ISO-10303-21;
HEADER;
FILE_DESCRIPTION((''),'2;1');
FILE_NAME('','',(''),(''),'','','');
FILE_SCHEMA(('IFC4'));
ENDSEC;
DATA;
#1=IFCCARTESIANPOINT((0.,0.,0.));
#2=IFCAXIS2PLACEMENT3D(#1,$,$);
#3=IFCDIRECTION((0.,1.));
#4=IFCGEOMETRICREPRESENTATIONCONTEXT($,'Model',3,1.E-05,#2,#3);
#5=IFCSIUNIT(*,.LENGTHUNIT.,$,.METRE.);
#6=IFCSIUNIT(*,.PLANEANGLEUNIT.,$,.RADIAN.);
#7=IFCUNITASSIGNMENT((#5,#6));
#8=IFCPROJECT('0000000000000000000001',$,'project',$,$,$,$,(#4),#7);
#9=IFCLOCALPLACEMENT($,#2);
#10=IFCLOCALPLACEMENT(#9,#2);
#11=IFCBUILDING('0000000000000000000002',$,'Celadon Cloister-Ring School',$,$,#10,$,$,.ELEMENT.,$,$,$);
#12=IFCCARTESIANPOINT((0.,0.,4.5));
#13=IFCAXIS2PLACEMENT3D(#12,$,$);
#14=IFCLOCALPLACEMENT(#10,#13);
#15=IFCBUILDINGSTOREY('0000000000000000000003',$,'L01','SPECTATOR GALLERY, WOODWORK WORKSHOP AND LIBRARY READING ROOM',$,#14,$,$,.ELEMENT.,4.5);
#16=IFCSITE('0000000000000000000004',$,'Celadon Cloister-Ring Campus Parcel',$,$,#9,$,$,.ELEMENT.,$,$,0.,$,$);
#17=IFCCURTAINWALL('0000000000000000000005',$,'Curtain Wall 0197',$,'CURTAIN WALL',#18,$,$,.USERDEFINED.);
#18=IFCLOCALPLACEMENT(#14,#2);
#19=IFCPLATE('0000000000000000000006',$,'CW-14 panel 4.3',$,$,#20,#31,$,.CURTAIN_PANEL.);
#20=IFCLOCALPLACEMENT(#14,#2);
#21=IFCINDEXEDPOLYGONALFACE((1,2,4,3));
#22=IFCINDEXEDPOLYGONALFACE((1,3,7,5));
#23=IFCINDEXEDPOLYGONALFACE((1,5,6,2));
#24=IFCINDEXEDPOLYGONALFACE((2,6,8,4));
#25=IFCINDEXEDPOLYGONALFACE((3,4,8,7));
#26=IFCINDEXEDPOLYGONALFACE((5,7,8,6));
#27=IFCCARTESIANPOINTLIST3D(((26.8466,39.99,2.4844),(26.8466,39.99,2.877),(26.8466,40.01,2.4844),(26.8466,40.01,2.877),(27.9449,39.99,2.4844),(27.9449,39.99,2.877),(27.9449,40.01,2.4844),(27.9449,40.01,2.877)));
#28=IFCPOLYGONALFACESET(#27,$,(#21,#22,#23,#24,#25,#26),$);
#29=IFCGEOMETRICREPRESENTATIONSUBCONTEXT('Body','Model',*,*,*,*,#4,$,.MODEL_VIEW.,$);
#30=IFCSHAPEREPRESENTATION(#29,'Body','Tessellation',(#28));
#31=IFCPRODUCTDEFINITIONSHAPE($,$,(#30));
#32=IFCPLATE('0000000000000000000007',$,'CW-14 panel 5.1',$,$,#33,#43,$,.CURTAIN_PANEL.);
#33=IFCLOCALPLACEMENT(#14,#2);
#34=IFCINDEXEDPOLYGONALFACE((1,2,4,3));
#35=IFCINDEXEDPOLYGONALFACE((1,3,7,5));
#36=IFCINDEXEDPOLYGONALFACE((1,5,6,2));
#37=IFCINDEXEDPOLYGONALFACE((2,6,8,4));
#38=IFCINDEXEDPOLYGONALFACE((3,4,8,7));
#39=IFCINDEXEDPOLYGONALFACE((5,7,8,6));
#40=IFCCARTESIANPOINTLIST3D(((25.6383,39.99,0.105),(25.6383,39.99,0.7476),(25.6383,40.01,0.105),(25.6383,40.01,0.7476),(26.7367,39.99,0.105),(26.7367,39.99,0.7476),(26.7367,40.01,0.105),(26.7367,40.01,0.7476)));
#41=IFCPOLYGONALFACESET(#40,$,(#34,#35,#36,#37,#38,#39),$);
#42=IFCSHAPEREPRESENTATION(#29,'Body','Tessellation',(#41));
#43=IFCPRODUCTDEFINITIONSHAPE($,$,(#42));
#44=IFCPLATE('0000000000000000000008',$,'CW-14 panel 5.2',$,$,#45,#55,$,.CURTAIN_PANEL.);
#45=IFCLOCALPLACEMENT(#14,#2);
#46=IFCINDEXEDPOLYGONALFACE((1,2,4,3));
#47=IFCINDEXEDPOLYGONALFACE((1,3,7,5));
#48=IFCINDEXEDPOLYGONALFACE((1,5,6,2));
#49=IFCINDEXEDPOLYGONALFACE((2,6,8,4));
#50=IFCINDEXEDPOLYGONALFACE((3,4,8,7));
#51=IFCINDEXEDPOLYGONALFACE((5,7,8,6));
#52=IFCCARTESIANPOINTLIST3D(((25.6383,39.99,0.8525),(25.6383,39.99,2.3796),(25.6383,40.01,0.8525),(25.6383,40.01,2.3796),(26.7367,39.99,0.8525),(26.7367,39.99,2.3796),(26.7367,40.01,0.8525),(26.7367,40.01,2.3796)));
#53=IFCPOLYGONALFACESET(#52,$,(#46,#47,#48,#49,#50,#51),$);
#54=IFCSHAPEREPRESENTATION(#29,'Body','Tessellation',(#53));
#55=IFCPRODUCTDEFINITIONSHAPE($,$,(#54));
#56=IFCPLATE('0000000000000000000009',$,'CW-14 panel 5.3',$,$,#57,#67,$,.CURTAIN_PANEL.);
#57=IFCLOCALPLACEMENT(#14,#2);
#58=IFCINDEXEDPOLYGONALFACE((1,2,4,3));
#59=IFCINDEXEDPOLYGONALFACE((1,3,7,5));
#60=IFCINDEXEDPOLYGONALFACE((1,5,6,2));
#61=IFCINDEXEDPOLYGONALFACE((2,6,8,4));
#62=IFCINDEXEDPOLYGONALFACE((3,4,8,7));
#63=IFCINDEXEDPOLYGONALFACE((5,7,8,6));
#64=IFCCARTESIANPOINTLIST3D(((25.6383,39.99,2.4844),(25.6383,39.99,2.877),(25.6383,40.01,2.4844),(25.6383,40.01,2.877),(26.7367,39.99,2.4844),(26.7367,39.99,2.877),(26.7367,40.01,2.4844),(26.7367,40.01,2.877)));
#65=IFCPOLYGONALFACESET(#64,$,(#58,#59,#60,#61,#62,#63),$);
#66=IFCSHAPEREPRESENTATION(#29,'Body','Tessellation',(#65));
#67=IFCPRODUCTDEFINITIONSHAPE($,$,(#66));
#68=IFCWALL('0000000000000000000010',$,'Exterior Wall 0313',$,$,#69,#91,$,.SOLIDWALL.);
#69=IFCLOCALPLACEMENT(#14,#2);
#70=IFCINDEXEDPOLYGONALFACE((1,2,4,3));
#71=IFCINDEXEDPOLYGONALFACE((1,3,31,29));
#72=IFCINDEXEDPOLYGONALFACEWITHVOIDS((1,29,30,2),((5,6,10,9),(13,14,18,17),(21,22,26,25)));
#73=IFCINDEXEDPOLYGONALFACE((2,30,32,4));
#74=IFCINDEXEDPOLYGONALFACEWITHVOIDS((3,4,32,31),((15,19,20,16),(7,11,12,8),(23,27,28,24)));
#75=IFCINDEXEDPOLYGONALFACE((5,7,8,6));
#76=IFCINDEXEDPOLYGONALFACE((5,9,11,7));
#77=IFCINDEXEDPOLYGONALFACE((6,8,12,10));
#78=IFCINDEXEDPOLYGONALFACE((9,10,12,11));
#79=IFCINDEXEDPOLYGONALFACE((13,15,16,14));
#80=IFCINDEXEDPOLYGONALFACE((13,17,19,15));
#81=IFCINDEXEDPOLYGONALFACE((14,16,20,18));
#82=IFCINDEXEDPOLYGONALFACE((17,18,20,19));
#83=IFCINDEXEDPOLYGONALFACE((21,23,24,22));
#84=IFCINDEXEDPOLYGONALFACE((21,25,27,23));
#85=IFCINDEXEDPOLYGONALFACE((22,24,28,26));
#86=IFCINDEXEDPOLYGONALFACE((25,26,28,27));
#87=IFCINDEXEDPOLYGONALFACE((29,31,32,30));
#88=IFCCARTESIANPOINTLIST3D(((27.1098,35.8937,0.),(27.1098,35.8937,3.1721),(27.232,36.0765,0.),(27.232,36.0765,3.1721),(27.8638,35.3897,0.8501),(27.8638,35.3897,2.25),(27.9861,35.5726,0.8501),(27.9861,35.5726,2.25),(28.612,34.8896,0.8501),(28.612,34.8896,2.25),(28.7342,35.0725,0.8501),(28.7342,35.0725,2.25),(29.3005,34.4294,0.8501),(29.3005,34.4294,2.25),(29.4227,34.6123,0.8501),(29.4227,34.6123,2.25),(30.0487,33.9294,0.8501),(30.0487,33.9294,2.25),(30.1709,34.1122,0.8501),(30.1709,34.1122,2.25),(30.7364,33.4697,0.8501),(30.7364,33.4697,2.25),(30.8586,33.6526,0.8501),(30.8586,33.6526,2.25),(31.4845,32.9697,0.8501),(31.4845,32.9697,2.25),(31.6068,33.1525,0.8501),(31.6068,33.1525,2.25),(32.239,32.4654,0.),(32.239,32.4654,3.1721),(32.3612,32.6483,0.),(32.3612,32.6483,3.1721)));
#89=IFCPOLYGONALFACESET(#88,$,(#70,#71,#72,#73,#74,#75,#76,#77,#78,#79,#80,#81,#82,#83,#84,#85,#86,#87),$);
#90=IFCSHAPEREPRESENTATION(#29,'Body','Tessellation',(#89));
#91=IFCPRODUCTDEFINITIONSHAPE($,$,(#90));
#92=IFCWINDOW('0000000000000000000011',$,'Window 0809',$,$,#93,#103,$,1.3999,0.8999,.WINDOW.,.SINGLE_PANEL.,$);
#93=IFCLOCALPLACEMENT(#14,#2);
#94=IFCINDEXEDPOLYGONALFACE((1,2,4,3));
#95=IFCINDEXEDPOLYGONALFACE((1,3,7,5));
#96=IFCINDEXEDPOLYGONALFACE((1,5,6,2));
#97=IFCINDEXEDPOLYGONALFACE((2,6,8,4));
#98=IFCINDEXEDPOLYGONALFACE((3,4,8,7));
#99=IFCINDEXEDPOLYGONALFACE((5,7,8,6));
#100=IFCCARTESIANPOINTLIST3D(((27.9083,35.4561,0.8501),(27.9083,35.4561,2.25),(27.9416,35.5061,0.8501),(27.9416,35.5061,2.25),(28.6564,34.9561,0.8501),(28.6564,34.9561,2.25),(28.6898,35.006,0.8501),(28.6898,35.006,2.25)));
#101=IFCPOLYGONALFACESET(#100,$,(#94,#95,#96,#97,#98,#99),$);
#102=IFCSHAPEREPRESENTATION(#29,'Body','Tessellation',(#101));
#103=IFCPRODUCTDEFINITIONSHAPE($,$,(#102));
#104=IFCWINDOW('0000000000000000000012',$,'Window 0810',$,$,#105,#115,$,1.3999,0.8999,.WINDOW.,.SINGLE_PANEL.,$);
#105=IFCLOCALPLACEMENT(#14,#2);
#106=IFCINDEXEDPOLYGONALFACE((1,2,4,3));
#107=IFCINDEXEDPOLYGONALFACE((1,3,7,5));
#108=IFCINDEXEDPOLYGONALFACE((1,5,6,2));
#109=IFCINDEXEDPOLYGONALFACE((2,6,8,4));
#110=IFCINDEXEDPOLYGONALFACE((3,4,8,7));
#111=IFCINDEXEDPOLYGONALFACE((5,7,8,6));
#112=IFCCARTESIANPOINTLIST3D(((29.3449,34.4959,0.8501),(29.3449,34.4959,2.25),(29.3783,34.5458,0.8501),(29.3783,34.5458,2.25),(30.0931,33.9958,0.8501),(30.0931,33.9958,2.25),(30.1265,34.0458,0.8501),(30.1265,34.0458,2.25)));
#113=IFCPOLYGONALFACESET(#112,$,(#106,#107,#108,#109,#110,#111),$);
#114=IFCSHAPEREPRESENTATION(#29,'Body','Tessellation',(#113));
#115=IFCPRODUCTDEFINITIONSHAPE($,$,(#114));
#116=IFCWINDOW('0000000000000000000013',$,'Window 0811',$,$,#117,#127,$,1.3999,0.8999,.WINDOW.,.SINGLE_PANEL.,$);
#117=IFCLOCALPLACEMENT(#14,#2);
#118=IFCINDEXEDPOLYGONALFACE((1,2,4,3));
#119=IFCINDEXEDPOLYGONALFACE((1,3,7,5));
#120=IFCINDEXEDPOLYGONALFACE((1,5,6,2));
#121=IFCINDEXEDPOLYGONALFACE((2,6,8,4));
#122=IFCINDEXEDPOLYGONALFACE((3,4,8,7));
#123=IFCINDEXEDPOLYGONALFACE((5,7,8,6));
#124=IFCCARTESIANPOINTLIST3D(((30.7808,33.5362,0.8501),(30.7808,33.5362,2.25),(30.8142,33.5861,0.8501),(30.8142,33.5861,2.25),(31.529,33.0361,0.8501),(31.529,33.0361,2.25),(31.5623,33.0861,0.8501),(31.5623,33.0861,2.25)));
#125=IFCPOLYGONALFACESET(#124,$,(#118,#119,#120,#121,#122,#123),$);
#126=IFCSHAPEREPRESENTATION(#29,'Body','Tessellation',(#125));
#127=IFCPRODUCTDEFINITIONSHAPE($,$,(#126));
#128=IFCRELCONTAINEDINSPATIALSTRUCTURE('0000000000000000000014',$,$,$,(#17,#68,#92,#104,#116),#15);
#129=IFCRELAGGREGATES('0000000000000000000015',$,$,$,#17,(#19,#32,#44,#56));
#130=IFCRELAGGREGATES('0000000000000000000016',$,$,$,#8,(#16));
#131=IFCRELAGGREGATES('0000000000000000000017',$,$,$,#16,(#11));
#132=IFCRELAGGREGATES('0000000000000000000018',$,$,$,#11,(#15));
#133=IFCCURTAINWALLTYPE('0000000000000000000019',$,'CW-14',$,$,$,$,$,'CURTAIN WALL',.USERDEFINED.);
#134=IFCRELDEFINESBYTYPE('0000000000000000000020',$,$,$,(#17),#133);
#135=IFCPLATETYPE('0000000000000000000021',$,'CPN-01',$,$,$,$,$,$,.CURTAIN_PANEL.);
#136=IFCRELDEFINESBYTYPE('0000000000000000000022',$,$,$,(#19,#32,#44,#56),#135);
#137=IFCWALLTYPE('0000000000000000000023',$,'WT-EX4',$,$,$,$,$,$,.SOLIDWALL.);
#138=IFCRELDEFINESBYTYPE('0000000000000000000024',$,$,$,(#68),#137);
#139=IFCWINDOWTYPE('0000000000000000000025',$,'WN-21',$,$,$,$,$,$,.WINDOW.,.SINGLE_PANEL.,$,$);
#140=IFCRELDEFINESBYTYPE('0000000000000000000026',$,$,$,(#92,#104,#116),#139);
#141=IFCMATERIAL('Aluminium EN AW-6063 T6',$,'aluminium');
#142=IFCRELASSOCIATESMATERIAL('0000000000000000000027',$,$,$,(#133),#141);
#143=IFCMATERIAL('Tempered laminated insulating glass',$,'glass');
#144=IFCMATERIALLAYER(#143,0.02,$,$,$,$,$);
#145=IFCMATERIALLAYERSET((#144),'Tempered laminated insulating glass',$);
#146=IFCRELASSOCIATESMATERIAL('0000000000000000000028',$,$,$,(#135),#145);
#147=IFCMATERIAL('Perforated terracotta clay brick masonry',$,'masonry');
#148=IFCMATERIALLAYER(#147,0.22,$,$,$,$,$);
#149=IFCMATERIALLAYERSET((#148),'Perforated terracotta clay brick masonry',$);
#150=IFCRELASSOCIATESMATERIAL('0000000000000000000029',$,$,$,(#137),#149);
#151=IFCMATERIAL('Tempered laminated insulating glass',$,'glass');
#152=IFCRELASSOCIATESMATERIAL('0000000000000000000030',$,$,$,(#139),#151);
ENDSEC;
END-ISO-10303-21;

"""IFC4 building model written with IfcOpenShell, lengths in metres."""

from ifc_helpers import new_model, si_unit, direction, frame, frame_2d, origin, origin_2d, place, context, subcontext, project, spatial, rectangle, extrude, material, layer, layer_set, type_object, element, fill, aggregate, save


model = new_model("IFC4")

# Units and contexts
model_context = context("Model", 3, precision=1e-05, world=origin(), true_north=direction((0.0, 1.0)))
body_context = subcontext(model_context, "Body", "Model", "MODEL_VIEW")
ifc_project = project(units=[si_unit("LENGTHUNIT", "METRE"), si_unit("PLANEANGLEUNIT", "RADIAN")], contexts=[model_context])

# Site, building, storey
site_placement = place(None, origin())
site = spatial("IfcSite", under=ifc_project, at=site_placement, Name="Celadon Cloister-Ring Campus Parcel", CompositionType="ELEMENT", RefElevation=0.0)
building_placement = place(site_placement, origin())
building = spatial("IfcBuilding", under=site, at=building_placement, Name="Celadon Cloister-Ring School", CompositionType="ELEMENT")
storey_placement = place(building_placement, frame((0.0, 0.0, 4.5)))
storey = spatial("IfcBuildingStorey", under=building, at=storey_placement, Name="L01", Description="SPECTATOR GALLERY, WOODWORK WORKSHOP AND LIBRARY READING ROOM", CompositionType="ELEMENT", Elevation=4.5)

# Curtain wall
ifc_material_1 = material(Name="Aluminium EN AW-6063 T6", Category="aluminium")
curtain_wall_type = type_object("IfcCurtainWallType", Name="CW-14", ElementType="CURTAIN WALL", PredefinedType="USERDEFINED", material=ifc_material_1)
curtain_wall_placement = place(storey_placement, origin())
curtain_wall = element("IfcCurtainWall", 1, at=curtain_wall_placement, inside=storey, type_object=curtain_wall_type, Name="Curtain Wall 0197", ObjectType="CURTAIN WALL", PredefinedType="USERDEFINED")

# Plates
ifc_material_2 = material(Name="Tempered laminated insulating glass", Category="glass")
ifc_layer_1 = layer(ifc_material_2, 0.02)
ifc_layer_set_1 = layer_set([ifc_layer_1], Name="Tempered laminated insulating glass")
plate_type = type_object("IfcPlateType", Name="CPN-01", PredefinedType="CURTAIN_PANEL", material=ifc_layer_set_1)
plate_1_placement = place(storey_placement, frame((27.3958, 40.0, 2.4844), z_axis=(0.0, 0.0, 1.0), x_axis=(-1.0, 0.0, 0.0)))
plate_1 = element("IfcPlate", 2, at=plate_1_placement, type_object=plate_type, Name="CW-14 panel 4.3", PredefinedType="CURTAIN_PANEL", context=body_context, shape_type="SweptSolid", body=[
    extrude(rectangle(XDim=1.0984, YDim=0.02, at=origin_2d()), origin(), (0.0, 0.0, 1.0), 0.3926),
])
plate_2_placement = place(storey_placement, frame((26.1875, 40.0, 0.105), z_axis=(0.0, 0.0, 1.0), x_axis=(-1.0, 0.0, 0.0)))
plate_2 = element("IfcPlate", 3, at=plate_2_placement, type_object=plate_type, Name="CW-14 panel 5.1", PredefinedType="CURTAIN_PANEL", context=body_context, shape_type="SweptSolid", body=[
    extrude(rectangle(XDim=1.0984, YDim=0.02, at=origin_2d()), origin(), (0.0, 0.0, 1.0), 0.6426),
])
plate_3_placement = place(storey_placement, frame((26.1875, 40.0, 0.8525), z_axis=(0.0, 0.0, 1.0), x_axis=(-1.0, 0.0, 0.0)))
plate_3 = element("IfcPlate", 4, at=plate_3_placement, type_object=plate_type, Name="CW-14 panel 5.2", PredefinedType="CURTAIN_PANEL", context=body_context, shape_type="SweptSolid", body=[
    extrude(rectangle(XDim=1.0984, YDim=0.02, at=origin_2d()), origin(), (0.0, 0.0, 1.0), 1.5271),
])
plate_4_placement = place(storey_placement, frame((26.1875, 40.0, 2.4844), z_axis=(0.0, 0.0, 1.0), x_axis=(-1.0, 0.0, 0.0)))
plate_4 = element("IfcPlate", 5, at=plate_4_placement, type_object=plate_type, Name="CW-14 panel 5.3", PredefinedType="CURTAIN_PANEL", context=body_context, shape_type="SweptSolid", body=[
    extrude(rectangle(XDim=1.0984, YDim=0.02, at=origin_2d()), origin(), (0.0, 0.0, 1.0), 0.3926),
])
aggregate(curtain_wall, [plate_1, plate_2, plate_3, plate_4])

# Wall, openings, windows
ifc_material_3 = material(Name="Perforated terracotta clay brick masonry", Category="masonry")
ifc_layer_2 = layer(ifc_material_3, 0.22)
ifc_layer_set_2 = layer_set([ifc_layer_2], Name="Perforated terracotta clay brick masonry")
wall_type = type_object("IfcWallType", Name="WT-EX4", PredefinedType="SOLIDWALL", material=ifc_layer_set_2)
wall_placement = place(storey_placement, frame((27.1709, 35.9851, 0.0), z_axis=(0.0, 0.0, 1.0), x_axis=(0.831392, -0.555686, 0.0)))
wall = element("IfcWall", 6, at=wall_placement, inside=storey, type_object=wall_type, Name="Exterior Wall 0313", PredefinedType="SOLIDWALL", context=body_context, shape_type="SweptSolid", body=[
    extrude(rectangle(XDim=6.1694, YDim=0.22, at=frame_2d((3.0847, 0.0))), origin(), (0.0, 0.0, 1.0), 3.1721),
])
opening_1_placement = place(wall_placement, frame((0.907, 0.0, 0.8501)))
opening_1 = element("IfcOpeningElement", 7, at=opening_1_placement, cuts=wall, PredefinedType="OPENING", context=body_context, shape_type="SweptSolid", body=[
    extrude(rectangle(XDim=0.8999, YDim=1.3999, at=frame_2d((0.45, 0.7))), frame((0.0, 0.1201, 0.0), z_axis=(0.0, -1.0, 0.0), x_axis=(1.0, 0.0, 0.0)), (0.0, 0.0, 1.0), 0.24),
])
opening_2_placement = place(wall_placement, frame((2.635, 0.0, 0.8501)))
opening_2 = element("IfcOpeningElement", 8, at=opening_2_placement, cuts=wall, PredefinedType="OPENING", context=body_context, shape_type="SweptSolid", body=[
    extrude(rectangle(XDim=0.8999, YDim=1.3999, at=frame_2d((0.45, 0.7))), frame((0.0, 0.1201, 0.0), z_axis=(0.0, -1.0, 0.0), x_axis=(1.0, 0.0, 0.0)), (0.0, 0.0, 1.0), 0.24),
])
opening_3_placement = place(wall_placement, frame((4.3621, 0.0, 0.8501)))
opening_3 = element("IfcOpeningElement", 9, at=opening_3_placement, cuts=wall, PredefinedType="OPENING", context=body_context, shape_type="SweptSolid", body=[
    extrude(rectangle(XDim=0.8999, YDim=1.3999, at=frame_2d((0.45, 0.7))), frame((0.0, 0.1201, 0.0), z_axis=(0.0, -1.0, 0.0), x_axis=(1.0, 0.0, 0.0)), (0.0, 0.0, 1.0), 0.24),
])
ifc_material_4 = material(Name="Tempered laminated insulating glass", Category="glass")
window_type = type_object("IfcWindowType", Name="WN-21", PartitioningType="SINGLE_PANEL", PredefinedType="WINDOW", material=ifc_material_4)
window_1_placement = place(opening_1_placement, origin())
window_1 = element("IfcWindow", 10, at=window_1_placement, inside=storey, type_object=window_type, Name="Window 0809", OverallHeight=1.3999, OverallWidth=0.8999, PartitioningType="SINGLE_PANEL", PredefinedType="WINDOW", context=body_context, shape_type="SweptSolid", body=[
    extrude(rectangle(XDim=0.8999, YDim=1.3999, at=frame_2d((0.45, 0.7))), frame((0.0, 0.03, 0.0), z_axis=(0.0, -1.0, 0.0), x_axis=(1.0, 0.0, 0.0)), (0.0, 0.0, 1.0), 0.0601),
])
fill(opening_1, window_1)
window_2_placement = place(opening_2_placement, origin())
window_2 = element("IfcWindow", 11, at=window_2_placement, inside=storey, type_object=window_type, Name="Window 0810", OverallHeight=1.3999, OverallWidth=0.8999, PartitioningType="SINGLE_PANEL", PredefinedType="WINDOW", context=body_context, shape_type="SweptSolid", body=[
    extrude(rectangle(XDim=0.8999, YDim=1.3999, at=frame_2d((0.45, 0.7))), frame((0.0, 0.03, 0.0), z_axis=(0.0, -1.0, 0.0), x_axis=(1.0, 0.0, 0.0)), (0.0, 0.0, 1.0), 0.0601),
])
fill(opening_2, window_2)
window_3_placement = place(opening_3_placement, origin())
window_3 = element("IfcWindow", 12, at=window_3_placement, inside=storey, type_object=window_type, Name="Window 0811", OverallHeight=1.3999, OverallWidth=0.8999, PartitioningType="SINGLE_PANEL", PredefinedType="WINDOW", context=body_context, shape_type="SweptSolid", body=[
    extrude(rectangle(XDim=0.8999, YDim=1.3999, at=frame_2d((0.45, 0.7))), frame((0.0, 0.03, 0.0), z_axis=(0.0, -1.0, 0.0), x_axis=(1.0, 0.0, 0.0)), (0.0, 0.0, 1.0), 0.0601),
])
fill(opening_3, window_3)

save(model, "model.ifc")
